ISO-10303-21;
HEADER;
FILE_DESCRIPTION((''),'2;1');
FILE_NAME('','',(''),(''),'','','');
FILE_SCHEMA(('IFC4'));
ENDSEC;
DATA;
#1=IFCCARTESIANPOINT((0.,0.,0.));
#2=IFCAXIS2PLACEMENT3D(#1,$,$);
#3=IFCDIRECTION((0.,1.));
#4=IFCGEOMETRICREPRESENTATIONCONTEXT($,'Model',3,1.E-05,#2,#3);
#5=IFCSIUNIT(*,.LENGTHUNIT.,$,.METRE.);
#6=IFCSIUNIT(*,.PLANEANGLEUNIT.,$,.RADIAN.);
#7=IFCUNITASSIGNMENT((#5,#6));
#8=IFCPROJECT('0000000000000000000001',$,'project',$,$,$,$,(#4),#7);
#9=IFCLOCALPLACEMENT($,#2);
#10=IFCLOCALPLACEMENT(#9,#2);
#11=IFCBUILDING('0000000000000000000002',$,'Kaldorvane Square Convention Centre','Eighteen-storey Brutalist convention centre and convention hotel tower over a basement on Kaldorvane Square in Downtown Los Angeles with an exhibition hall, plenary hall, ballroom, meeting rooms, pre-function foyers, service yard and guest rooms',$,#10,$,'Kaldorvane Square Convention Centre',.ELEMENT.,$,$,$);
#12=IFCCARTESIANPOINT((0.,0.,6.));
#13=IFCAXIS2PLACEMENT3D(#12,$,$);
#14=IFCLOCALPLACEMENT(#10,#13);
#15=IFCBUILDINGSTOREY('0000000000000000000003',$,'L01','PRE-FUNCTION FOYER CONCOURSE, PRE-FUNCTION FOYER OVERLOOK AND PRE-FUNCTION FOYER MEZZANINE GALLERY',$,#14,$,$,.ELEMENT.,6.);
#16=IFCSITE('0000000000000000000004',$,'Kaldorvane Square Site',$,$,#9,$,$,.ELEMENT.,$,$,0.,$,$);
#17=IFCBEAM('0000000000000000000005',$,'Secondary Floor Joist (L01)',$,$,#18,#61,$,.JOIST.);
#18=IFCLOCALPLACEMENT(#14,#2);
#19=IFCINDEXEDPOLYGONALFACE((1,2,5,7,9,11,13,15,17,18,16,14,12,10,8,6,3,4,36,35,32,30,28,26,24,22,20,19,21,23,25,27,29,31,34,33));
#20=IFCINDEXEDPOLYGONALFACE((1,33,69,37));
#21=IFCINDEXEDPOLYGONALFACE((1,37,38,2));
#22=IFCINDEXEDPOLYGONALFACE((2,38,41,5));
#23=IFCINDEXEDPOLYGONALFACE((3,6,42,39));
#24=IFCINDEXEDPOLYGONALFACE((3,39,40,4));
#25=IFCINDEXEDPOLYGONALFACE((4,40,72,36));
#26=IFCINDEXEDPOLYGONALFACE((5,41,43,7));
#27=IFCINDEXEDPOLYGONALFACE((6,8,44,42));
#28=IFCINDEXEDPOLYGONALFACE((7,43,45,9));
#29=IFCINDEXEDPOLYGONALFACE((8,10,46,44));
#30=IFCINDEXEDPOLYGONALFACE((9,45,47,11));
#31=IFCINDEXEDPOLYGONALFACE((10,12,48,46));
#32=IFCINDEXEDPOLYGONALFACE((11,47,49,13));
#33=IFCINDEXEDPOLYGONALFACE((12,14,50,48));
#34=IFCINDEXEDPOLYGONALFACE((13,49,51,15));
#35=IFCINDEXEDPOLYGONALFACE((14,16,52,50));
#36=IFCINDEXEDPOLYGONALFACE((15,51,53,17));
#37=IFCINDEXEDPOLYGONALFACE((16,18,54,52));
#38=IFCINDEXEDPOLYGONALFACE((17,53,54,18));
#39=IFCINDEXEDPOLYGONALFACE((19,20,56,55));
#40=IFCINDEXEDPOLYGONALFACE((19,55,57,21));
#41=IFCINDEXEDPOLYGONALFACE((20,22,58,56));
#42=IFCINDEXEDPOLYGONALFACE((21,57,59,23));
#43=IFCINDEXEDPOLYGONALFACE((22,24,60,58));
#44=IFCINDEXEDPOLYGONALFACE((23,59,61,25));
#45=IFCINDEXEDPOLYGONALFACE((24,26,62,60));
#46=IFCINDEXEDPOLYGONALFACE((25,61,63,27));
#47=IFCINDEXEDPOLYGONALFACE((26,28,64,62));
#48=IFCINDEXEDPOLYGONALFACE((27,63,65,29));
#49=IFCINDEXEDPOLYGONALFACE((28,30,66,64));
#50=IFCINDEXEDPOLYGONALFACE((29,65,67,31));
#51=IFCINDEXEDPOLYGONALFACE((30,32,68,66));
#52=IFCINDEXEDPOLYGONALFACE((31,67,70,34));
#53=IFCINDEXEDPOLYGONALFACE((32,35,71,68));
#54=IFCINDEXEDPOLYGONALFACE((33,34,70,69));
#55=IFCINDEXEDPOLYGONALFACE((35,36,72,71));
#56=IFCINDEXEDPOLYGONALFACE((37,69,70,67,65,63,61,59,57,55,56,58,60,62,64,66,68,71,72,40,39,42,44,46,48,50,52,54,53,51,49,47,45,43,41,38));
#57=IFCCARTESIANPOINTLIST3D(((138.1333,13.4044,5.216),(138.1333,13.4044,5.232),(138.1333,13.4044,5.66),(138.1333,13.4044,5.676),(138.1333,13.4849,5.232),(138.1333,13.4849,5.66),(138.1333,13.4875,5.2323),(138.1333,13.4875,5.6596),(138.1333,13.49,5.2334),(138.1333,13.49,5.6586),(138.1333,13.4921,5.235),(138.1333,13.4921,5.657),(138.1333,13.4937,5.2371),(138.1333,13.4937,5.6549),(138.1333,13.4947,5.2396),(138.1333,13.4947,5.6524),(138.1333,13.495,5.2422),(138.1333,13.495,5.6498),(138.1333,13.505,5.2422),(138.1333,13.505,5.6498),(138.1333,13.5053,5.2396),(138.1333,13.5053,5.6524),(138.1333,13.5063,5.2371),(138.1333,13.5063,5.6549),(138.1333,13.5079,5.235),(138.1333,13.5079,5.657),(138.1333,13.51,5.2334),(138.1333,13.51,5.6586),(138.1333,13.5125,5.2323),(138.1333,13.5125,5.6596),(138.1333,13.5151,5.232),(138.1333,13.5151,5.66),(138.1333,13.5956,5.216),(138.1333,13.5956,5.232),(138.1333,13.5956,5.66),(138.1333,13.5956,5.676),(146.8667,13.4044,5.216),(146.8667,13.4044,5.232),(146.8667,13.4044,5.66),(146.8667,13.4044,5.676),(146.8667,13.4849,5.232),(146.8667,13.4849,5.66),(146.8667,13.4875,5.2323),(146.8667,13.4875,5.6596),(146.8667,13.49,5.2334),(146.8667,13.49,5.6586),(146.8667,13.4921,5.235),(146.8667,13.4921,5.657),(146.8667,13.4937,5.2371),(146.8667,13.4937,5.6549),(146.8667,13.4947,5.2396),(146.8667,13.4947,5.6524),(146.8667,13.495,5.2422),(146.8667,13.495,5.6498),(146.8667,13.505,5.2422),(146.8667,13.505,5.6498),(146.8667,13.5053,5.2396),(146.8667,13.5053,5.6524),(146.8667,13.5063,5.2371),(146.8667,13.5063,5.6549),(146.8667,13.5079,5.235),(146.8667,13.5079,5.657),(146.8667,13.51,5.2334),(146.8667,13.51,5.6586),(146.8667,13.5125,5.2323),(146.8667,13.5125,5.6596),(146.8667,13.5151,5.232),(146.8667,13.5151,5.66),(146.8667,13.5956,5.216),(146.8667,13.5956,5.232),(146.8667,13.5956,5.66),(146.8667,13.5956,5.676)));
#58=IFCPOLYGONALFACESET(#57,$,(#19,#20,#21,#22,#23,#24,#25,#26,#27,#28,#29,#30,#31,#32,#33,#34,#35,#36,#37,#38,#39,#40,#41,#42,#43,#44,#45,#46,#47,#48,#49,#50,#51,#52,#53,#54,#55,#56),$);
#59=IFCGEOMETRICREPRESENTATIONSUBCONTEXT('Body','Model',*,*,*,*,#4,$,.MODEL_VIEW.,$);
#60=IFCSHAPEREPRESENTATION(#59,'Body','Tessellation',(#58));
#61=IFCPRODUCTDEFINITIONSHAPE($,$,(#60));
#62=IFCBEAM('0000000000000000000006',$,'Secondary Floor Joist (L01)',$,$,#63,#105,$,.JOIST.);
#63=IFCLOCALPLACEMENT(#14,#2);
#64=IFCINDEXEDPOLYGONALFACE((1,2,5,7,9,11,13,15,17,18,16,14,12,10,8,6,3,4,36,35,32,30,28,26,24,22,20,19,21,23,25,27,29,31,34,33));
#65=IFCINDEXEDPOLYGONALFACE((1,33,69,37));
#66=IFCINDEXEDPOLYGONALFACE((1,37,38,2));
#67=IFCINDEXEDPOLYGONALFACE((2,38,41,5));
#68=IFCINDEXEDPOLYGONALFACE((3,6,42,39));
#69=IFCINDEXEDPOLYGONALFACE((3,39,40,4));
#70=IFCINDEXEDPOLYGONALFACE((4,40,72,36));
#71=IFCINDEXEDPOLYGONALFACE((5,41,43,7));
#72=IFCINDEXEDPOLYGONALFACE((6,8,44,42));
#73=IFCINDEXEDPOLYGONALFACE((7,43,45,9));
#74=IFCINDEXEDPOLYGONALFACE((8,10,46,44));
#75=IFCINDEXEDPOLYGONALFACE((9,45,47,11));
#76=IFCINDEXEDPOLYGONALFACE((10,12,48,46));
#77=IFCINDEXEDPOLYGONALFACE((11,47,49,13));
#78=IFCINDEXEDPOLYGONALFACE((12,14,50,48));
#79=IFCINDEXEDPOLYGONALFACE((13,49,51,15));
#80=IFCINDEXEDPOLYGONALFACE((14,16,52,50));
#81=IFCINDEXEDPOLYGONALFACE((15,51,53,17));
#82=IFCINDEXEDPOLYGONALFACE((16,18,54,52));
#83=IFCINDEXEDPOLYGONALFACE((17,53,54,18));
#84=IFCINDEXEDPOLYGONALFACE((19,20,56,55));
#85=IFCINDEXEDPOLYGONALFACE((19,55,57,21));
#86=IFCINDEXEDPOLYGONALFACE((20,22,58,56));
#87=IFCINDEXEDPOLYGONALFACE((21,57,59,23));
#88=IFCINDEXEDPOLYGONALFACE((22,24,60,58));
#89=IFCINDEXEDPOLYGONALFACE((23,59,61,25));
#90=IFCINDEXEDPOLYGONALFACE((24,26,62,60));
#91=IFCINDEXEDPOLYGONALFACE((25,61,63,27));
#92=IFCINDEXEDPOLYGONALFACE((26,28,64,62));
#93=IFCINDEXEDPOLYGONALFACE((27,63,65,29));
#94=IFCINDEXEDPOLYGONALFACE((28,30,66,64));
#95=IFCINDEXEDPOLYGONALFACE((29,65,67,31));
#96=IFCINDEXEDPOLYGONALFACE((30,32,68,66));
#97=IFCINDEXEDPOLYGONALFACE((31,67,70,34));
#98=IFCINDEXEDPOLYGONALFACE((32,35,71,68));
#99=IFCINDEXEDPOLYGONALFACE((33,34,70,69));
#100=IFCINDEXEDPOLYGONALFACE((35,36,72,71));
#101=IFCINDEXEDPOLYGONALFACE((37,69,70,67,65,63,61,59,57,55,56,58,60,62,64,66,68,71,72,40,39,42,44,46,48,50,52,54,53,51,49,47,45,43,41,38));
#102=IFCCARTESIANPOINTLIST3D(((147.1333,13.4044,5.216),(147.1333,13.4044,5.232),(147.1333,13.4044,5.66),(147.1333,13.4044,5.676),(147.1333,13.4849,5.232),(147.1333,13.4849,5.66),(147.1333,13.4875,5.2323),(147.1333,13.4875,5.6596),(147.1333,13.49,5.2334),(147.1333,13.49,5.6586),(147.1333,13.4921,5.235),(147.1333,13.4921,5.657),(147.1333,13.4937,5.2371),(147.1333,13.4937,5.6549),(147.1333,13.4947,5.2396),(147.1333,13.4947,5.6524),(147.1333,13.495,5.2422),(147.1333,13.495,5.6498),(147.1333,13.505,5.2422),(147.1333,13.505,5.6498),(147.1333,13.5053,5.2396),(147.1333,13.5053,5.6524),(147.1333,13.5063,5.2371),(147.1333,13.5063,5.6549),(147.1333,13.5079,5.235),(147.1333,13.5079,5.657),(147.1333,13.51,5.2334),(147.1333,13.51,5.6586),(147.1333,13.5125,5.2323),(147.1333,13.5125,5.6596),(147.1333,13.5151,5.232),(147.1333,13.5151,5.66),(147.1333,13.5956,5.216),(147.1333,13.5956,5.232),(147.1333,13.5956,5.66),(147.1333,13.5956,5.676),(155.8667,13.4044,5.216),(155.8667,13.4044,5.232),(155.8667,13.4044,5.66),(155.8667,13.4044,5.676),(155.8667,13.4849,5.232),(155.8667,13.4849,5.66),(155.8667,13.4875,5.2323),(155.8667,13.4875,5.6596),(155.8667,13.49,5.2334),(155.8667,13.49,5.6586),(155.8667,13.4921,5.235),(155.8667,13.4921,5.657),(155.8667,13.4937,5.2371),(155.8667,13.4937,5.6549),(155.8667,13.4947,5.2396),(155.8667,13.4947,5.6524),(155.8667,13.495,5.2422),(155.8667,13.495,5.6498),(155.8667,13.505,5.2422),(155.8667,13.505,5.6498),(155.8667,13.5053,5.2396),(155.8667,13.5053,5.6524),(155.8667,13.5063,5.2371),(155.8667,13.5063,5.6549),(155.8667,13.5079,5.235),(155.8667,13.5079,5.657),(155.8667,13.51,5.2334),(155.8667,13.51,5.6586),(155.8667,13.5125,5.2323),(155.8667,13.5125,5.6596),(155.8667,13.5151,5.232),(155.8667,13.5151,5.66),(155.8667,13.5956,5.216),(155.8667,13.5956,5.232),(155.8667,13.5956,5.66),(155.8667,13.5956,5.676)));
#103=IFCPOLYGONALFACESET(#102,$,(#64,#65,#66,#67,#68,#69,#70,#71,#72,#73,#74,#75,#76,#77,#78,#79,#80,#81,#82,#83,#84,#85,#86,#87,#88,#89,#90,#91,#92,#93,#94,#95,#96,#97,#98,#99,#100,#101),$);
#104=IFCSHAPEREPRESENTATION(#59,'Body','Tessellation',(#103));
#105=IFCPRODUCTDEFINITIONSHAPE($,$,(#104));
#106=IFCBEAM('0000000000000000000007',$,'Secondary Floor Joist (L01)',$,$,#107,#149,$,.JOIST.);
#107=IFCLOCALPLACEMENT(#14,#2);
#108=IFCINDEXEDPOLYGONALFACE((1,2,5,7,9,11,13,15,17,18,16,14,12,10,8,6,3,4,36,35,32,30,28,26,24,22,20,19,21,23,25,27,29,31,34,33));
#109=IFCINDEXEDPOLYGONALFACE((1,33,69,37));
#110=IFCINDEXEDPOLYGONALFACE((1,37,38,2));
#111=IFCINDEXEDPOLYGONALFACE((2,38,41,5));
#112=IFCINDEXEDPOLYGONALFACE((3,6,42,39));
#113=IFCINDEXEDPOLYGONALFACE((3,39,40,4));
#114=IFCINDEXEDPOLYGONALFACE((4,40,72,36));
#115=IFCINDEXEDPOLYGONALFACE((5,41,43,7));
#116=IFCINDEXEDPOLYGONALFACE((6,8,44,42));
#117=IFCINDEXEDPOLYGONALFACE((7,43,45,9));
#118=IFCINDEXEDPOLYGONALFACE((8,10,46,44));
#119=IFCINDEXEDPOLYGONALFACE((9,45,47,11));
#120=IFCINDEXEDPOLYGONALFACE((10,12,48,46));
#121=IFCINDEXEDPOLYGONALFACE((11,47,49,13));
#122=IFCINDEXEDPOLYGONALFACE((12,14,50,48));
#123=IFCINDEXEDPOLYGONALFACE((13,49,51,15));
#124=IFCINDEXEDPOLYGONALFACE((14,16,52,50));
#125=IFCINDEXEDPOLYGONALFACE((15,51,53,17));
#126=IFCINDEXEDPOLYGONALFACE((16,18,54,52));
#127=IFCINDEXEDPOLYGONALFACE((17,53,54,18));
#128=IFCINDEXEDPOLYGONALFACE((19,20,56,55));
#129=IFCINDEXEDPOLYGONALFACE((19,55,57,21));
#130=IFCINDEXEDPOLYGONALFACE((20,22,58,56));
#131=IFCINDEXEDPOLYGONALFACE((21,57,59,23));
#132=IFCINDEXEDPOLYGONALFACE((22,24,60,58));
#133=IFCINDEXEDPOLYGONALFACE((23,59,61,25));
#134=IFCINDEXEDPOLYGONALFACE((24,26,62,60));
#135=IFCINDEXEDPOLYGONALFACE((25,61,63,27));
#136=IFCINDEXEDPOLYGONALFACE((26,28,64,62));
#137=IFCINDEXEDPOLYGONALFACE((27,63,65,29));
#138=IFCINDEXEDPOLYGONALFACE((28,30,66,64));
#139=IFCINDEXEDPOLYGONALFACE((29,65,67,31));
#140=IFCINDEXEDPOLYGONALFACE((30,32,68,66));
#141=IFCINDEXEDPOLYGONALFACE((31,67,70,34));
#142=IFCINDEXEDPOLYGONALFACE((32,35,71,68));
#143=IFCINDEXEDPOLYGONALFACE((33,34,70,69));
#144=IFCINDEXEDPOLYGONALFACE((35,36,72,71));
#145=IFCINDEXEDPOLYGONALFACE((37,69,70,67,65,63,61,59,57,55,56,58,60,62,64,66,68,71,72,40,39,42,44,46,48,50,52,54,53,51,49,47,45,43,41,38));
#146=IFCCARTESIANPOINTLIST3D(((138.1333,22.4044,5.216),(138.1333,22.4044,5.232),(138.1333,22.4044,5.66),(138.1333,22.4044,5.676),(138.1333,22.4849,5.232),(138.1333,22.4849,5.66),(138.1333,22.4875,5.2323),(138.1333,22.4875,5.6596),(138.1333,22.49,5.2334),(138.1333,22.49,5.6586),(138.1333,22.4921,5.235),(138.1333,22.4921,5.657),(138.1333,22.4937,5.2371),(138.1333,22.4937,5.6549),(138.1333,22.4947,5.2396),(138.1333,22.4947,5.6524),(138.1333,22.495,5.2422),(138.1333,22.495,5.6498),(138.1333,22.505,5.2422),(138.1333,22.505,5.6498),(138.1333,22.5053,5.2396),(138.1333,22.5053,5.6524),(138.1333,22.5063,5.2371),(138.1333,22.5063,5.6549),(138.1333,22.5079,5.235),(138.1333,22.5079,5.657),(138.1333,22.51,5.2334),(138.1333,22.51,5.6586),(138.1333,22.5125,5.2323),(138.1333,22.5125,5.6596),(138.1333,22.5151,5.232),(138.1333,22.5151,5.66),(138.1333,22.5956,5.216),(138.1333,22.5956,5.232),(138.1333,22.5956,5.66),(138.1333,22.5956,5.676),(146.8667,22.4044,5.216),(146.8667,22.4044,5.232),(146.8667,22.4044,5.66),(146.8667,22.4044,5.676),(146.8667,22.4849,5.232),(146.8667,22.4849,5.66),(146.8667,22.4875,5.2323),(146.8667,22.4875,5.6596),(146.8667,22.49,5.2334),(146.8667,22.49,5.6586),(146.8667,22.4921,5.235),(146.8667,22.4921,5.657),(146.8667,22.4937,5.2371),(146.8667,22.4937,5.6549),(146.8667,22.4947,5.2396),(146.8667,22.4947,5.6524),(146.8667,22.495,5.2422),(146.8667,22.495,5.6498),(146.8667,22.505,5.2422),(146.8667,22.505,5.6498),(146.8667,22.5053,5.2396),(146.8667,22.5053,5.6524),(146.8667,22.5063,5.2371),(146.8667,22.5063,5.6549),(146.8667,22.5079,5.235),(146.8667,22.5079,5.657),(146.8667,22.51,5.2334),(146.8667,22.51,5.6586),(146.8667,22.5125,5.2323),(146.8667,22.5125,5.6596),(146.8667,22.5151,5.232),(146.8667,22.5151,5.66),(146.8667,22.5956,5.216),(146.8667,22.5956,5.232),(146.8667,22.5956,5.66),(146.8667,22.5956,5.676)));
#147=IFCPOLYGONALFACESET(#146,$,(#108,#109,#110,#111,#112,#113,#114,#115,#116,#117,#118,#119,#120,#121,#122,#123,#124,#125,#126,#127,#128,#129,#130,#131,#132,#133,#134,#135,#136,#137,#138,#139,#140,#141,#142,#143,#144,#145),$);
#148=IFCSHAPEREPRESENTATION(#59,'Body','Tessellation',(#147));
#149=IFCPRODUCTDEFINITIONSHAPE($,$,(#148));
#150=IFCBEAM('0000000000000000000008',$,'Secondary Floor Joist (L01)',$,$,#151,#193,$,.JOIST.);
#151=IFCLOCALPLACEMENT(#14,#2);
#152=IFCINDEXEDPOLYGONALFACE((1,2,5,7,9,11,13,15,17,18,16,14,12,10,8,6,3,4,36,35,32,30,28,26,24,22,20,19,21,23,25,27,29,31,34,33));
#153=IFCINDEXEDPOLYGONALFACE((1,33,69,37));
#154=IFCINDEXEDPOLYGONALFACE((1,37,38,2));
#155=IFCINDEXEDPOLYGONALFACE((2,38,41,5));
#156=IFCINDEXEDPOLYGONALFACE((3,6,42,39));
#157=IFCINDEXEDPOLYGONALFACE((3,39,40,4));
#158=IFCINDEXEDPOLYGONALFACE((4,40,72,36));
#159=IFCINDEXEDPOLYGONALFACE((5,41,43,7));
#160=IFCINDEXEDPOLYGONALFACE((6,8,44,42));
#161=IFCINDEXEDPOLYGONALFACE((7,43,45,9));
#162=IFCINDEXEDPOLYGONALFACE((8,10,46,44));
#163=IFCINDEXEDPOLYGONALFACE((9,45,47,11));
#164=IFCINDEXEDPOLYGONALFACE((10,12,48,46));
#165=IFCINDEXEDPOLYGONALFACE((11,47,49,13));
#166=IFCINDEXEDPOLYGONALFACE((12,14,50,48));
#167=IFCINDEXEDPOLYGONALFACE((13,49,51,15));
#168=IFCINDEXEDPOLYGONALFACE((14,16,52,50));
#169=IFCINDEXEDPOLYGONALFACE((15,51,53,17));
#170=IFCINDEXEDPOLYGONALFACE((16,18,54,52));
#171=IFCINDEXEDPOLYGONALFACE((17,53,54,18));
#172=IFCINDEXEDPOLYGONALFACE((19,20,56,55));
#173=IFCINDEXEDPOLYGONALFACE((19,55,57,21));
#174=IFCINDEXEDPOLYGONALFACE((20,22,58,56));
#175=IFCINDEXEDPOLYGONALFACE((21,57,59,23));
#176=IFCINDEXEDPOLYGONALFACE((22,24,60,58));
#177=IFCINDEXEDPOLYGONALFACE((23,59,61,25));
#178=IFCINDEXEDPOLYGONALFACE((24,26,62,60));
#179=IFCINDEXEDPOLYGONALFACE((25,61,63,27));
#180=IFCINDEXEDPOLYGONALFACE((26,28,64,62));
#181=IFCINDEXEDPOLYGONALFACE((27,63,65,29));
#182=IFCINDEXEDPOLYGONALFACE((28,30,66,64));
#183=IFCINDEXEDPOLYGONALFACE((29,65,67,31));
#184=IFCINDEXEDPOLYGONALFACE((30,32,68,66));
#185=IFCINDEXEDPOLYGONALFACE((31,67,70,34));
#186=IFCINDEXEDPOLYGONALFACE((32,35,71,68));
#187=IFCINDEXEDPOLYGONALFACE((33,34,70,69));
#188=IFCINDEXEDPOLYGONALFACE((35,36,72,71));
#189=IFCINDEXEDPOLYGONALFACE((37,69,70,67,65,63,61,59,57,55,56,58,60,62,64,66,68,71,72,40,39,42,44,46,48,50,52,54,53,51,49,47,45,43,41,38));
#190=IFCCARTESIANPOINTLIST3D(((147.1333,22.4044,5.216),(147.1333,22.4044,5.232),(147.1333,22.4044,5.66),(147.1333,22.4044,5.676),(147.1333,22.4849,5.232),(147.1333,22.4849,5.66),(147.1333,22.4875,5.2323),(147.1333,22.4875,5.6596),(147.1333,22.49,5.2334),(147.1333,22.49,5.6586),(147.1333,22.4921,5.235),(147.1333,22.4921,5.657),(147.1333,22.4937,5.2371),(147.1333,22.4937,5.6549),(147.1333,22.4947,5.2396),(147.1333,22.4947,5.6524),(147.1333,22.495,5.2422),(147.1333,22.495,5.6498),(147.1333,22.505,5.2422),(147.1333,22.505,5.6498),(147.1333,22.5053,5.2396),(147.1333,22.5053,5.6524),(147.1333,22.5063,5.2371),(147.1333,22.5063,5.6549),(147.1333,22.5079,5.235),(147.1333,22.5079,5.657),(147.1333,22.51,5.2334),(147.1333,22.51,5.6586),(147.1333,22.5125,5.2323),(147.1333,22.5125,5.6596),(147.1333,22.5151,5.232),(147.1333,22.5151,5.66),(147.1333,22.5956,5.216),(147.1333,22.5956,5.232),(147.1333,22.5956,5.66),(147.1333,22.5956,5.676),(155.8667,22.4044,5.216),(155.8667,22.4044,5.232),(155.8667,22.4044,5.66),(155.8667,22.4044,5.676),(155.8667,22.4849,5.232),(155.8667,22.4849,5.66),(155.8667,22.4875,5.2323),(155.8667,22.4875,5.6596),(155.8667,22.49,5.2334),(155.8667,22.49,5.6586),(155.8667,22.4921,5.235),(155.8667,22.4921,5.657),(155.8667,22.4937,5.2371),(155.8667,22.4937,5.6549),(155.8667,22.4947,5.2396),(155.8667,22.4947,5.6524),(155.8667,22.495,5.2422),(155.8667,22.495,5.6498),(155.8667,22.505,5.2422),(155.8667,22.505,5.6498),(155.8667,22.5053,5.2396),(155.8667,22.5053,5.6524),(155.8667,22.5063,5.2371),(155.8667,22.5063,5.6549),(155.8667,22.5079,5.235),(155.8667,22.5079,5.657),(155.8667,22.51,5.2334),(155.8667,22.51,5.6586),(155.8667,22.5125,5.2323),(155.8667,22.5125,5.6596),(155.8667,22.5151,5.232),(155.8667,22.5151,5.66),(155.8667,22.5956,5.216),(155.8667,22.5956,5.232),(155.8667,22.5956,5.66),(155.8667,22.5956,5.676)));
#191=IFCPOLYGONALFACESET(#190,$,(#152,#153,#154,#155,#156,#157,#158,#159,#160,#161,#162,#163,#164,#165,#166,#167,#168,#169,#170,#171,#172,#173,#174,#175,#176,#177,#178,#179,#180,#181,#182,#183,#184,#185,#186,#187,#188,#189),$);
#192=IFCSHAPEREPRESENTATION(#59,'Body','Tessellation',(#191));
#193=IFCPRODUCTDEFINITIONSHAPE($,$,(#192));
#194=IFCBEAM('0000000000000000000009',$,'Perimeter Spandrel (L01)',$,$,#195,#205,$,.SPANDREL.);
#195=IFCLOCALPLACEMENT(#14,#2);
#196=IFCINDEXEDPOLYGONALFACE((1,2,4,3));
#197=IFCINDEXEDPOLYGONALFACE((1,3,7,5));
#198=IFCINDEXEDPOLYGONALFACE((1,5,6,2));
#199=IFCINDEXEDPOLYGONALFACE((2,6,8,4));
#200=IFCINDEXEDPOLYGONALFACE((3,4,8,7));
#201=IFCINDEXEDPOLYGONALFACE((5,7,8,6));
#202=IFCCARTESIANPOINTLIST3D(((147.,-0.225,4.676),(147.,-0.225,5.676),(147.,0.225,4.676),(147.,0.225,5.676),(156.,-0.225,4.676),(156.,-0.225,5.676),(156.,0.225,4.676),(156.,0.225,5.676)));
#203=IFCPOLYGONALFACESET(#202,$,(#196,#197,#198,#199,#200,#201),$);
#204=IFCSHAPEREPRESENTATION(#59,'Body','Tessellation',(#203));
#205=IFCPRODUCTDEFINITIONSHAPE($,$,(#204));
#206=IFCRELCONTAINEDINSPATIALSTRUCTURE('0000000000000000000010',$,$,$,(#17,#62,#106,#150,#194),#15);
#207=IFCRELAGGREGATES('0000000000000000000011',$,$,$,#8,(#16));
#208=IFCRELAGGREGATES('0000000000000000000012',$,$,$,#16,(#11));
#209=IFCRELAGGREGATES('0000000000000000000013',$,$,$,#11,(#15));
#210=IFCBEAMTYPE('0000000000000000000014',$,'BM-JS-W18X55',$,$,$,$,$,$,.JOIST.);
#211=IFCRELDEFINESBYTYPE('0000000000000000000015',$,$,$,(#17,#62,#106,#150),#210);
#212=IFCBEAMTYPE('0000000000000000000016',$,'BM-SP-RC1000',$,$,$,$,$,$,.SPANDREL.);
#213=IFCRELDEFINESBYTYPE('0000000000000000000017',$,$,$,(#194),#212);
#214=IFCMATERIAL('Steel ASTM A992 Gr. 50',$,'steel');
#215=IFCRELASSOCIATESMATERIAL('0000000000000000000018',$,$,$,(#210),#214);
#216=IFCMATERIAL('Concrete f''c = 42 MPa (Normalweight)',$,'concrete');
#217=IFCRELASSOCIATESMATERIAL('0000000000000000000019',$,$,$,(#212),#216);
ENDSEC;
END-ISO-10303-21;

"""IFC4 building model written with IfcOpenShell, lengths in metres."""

from ifc_helpers import new_model, si_unit, direction, frame, origin, origin_2d, place, context, subcontext, project, spatial, rectangle, i_section, extrude, material, material_profile, profile_set, type_object, element, save


model = new_model("IFC4")

# Units and contexts
model_context = context("Model", 3, precision=1e-05, world=origin(), true_north=direction((0.0, 1.0)))
body_context = subcontext(model_context, "Body", "Model", "MODEL_VIEW")
ifc_project = project(units=[si_unit("LENGTHUNIT", "METRE"), si_unit("PLANEANGLEUNIT", "RADIAN")], contexts=[model_context])

# Site, building, storey
site_placement = place(None, origin())
site = spatial("IfcSite", under=ifc_project, at=site_placement, Name="Kaldorvane Square Site", CompositionType="ELEMENT", RefElevation=0.0)
building_placement = place(site_placement, origin())
building = spatial("IfcBuilding", under=site, at=building_placement, Name="Kaldorvane Square Convention Centre", Description="Eighteen-storey Brutalist convention centre and convention hotel tower over a basement on Kaldorvane Square in Downtown Los Angeles with an exhibition hall, plenary hall, ballroom, meeting rooms, pre-function foyers, service yard and guest rooms", LongName="Kaldorvane Square Convention Centre", CompositionType="ELEMENT")
storey_placement = place(building_placement, frame((0.0, 0.0, 6.0)))
storey = spatial("IfcBuildingStorey", under=building, at=storey_placement, Name="L01", Description="PRE-FUNCTION FOYER CONCOURSE, PRE-FUNCTION FOYER OVERLOOK AND PRE-FUNCTION FOYER MEZZANINE GALLERY", CompositionType="ELEMENT", Elevation=6.0)

# Shared definitions
ifc_material_1 = material(Name="Steel ASTM A992 Gr. 50", Category="steel")

# Beams
ifc_material_profile_1 = material_profile(ifc_material_1, i_section(OverallWidth=0.1913, OverallDepth=0.46, WebThickness=0.0099, FlangeThickness=0.016, FilletRadius=0.0102, at=origin_2d()), Name="W18X55")
ifc_profile_set_1 = profile_set([ifc_material_profile_1], Name="Steel ASTM A992 Gr. 50")
beam_type_1 = type_object("IfcBeamType", Name="BM-JS-W18X55", PredefinedType="JOIST", material=ifc_profile_set_1)
for number, where, z_axis, x_axis, name in (
    (1, (138.1333, 13.5, 5.446), (1.0, 0.0, 0.0), (0.0, 1.0, 0.0), "Secondary Floor Joist (L01)"),
    (2, (147.1333, 13.5, 5.446), (1.0, 0.0, 0.0), (0.0, 1.0, 0.0), "Secondary Floor Joist (L01)"),
    (3, (138.1333, 22.5, 5.446), (1.0, 0.0, 0.0), (0.0, 1.0, 0.0), "Secondary Floor Joist (L01)"),
    (4, (147.1333, 22.5, 5.446), (1.0, 0.0, 0.0), (0.0, 1.0, 0.0), "Secondary Floor Joist (L01)"),
):
    element("IfcBeam", number, at=place(storey_placement, frame(where, z_axis=z_axis, x_axis=x_axis)), inside=storey, type_object=beam_type_1, Name=name, PredefinedType="JOIST", context=body_context, shape_type="SweptSolid", body=[
        extrude(i_section(OverallWidth=0.1913, OverallDepth=0.46, WebThickness=0.0099, FlangeThickness=0.016, FilletRadius=0.0102, at=origin_2d()), origin(), (0.0, 0.0, 1.0), 8.7334),
    ])
ifc_material_2 = material(Name="Concrete f'c = 42 MPa (Normalweight)", Category="concrete")
ifc_material_profile_2 = material_profile(ifc_material_2, rectangle(XDim=0.45, YDim=1.0, at=origin_2d()), Name="RCSP1000X450")
ifc_profile_set_2 = profile_set([ifc_material_profile_2], Name="Concrete f'c = 42 MPa (Normalweight)")
beam_type_2 = type_object("IfcBeamType", Name="BM-SP-RC1000", PredefinedType="SPANDREL", material=ifc_profile_set_2)
for number, where, z_axis, x_axis, name in (
    (5, (147.0, 0.0, 5.176), (1.0, 0.0, 0.0), (0.0, 1.0, 0.0), "Perimeter Spandrel (L01)"),
):
    element("IfcBeam", number, at=place(storey_placement, frame(where, z_axis=z_axis, x_axis=x_axis)), inside=storey, type_object=beam_type_2, Name=name, PredefinedType="SPANDREL", context=body_context, shape_type="SweptSolid", body=[
        extrude(rectangle(XDim=0.45, YDim=1.0, at=origin_2d()), origin(), (0.0, 0.0, 1.0), 9.0),
    ])

save(model, "model.ifc")
